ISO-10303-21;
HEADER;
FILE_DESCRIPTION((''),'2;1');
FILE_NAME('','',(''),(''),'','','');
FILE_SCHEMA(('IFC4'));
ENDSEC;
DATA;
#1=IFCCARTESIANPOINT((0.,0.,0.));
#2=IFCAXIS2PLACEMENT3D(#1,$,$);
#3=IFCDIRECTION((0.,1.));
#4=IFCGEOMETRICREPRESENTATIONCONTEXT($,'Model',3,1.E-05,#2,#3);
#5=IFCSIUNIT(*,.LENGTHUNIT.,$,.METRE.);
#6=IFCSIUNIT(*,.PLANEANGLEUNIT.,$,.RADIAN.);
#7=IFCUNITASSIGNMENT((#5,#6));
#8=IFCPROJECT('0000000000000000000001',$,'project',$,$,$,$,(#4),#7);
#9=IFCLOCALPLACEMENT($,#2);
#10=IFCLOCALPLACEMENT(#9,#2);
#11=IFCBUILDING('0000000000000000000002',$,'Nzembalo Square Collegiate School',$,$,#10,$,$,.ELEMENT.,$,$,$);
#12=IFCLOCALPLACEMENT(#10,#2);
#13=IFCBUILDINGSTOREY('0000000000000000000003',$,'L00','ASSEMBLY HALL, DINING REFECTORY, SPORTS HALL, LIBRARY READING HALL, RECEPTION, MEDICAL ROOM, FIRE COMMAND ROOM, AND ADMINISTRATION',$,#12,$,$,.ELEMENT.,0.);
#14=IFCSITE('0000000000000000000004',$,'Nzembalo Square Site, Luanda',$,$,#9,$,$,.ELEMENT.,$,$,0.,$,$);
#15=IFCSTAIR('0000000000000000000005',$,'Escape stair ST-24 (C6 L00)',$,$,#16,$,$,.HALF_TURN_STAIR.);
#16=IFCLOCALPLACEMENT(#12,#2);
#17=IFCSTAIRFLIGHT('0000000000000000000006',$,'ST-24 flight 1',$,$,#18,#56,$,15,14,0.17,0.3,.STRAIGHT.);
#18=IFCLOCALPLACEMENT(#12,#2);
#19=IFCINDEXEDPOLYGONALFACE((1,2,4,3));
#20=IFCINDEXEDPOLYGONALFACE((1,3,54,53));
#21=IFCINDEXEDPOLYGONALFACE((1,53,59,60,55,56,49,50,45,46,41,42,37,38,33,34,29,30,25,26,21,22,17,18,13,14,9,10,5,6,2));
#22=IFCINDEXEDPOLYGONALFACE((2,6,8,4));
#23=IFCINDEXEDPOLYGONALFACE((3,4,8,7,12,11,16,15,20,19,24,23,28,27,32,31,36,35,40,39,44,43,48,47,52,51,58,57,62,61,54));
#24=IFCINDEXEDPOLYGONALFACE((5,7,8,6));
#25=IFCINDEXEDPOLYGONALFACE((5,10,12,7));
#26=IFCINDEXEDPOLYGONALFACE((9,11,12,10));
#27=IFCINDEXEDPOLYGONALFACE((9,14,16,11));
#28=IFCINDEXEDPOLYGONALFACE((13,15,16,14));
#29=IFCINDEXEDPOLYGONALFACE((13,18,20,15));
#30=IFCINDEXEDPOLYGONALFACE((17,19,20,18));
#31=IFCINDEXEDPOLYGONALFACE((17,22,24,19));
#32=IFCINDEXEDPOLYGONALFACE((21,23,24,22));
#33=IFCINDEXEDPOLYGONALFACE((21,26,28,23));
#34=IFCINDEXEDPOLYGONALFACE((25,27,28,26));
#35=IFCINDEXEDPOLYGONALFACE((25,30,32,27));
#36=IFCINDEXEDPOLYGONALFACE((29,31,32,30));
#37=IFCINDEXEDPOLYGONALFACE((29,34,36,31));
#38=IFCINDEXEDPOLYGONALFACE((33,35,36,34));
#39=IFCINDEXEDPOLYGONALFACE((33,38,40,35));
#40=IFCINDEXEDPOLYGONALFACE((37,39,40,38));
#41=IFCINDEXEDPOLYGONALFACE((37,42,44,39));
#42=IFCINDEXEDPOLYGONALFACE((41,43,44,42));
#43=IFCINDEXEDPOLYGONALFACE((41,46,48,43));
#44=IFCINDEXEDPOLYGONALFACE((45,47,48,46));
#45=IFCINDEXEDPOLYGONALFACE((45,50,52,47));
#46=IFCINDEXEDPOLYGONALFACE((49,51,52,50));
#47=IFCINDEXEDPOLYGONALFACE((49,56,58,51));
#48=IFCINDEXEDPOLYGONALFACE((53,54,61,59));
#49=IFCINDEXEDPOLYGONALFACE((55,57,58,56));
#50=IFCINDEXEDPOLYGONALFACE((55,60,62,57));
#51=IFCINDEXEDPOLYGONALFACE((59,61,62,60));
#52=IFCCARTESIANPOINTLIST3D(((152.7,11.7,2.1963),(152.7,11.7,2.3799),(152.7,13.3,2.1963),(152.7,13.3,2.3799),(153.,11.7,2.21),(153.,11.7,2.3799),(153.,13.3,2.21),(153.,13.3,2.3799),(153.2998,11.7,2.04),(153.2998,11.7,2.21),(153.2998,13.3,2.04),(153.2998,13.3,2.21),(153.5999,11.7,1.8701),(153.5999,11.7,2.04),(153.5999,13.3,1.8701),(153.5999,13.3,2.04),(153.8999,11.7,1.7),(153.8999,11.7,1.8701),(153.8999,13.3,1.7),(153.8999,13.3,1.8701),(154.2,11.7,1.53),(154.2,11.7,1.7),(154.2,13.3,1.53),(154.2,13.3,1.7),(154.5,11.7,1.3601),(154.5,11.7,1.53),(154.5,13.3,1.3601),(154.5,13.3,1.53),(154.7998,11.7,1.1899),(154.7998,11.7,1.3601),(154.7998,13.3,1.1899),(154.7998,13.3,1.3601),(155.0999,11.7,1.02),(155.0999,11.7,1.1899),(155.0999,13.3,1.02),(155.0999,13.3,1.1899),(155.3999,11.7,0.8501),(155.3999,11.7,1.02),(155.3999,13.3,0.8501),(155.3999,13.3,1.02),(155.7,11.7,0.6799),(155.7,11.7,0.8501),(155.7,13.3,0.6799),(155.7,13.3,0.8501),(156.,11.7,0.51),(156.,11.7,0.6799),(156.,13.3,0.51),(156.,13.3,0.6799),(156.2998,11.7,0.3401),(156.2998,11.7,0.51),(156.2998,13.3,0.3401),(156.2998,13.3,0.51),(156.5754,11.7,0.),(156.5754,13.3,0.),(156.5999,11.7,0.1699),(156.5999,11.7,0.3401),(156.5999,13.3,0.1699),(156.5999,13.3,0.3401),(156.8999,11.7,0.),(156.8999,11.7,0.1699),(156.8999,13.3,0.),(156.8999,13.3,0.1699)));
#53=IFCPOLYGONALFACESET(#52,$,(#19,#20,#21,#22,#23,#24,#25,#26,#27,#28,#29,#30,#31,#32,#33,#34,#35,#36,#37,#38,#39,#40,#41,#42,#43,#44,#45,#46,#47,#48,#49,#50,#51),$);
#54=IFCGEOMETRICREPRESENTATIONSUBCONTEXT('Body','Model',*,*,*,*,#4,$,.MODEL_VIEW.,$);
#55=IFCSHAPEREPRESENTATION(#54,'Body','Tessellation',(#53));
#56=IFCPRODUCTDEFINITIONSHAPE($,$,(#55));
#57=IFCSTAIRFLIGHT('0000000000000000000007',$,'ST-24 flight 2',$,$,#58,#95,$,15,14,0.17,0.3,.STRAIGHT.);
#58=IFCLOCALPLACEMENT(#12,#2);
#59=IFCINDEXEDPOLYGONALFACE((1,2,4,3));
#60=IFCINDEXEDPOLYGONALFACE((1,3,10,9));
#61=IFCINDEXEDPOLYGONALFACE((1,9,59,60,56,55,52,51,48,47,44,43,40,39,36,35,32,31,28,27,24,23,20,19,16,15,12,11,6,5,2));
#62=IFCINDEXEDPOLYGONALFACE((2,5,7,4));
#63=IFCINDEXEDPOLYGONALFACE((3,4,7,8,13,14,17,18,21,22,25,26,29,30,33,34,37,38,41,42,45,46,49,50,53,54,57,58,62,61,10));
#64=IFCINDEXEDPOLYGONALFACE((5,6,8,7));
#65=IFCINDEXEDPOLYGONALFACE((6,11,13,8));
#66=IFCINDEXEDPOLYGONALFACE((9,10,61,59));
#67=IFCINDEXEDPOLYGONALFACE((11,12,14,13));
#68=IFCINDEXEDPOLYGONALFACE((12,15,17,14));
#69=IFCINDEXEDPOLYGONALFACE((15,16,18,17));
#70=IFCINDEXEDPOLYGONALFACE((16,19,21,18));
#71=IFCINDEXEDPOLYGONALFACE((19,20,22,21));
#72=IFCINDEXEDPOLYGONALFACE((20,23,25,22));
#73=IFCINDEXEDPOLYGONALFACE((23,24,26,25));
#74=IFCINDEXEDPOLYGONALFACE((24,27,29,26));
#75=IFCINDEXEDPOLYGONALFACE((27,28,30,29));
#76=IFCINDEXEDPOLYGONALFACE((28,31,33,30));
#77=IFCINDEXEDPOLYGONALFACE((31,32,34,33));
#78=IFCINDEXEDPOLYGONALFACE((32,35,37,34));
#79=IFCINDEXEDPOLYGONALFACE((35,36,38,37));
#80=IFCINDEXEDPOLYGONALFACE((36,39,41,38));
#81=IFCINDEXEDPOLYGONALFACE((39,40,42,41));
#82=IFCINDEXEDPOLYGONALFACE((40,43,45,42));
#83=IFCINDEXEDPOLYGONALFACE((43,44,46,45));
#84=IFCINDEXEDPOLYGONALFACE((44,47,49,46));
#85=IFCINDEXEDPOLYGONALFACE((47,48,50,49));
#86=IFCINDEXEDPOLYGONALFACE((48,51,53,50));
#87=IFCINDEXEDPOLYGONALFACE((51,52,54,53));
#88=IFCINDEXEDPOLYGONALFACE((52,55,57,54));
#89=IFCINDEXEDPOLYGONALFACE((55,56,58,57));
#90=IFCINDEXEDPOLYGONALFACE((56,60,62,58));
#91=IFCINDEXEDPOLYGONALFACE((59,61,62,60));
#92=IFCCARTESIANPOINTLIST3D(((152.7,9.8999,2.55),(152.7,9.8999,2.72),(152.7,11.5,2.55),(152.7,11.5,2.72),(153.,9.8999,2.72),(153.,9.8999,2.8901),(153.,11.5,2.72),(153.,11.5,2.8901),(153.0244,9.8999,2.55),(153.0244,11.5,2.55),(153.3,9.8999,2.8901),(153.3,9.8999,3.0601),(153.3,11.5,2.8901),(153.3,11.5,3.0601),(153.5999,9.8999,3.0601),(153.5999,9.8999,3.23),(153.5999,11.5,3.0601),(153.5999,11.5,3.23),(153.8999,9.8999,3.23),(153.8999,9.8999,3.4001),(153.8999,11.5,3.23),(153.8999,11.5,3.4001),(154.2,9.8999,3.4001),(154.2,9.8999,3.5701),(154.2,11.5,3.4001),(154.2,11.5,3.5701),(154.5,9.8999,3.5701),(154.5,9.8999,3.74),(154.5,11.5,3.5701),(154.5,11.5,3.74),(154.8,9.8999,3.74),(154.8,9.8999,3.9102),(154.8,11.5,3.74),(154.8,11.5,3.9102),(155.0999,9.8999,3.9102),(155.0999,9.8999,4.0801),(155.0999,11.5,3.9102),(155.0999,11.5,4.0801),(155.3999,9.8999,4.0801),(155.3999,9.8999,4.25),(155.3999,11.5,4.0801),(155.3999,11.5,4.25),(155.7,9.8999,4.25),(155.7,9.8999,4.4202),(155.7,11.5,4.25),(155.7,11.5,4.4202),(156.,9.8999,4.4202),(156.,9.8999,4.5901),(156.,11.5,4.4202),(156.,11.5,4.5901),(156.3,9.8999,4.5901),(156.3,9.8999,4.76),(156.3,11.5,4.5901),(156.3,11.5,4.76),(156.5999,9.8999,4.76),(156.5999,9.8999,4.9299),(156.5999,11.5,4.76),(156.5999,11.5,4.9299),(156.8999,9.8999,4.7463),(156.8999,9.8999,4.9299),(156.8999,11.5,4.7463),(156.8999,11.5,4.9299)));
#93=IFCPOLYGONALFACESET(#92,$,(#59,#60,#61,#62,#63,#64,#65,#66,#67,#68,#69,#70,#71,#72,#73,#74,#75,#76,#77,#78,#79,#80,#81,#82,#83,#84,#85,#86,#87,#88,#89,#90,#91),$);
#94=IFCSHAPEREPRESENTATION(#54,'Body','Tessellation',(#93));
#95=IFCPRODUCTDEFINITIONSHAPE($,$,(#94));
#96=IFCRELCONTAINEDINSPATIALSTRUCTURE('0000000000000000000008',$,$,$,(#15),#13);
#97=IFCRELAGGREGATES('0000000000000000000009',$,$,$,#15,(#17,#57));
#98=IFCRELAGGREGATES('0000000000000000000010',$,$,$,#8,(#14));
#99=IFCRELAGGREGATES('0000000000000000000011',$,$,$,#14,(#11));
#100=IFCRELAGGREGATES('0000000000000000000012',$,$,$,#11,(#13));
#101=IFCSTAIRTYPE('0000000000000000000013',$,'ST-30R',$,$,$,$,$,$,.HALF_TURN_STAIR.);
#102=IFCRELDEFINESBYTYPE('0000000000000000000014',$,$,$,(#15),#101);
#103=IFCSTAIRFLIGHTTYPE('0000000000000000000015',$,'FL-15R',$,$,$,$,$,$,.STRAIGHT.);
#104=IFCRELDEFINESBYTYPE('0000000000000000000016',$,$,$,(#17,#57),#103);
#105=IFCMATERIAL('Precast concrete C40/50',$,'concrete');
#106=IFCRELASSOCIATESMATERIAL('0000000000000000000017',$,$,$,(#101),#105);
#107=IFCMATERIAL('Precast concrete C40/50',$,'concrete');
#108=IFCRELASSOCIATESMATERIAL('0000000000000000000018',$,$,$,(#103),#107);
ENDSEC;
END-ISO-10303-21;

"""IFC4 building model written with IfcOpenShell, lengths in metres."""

from ifc_helpers import new_model, si_unit, direction, frame, origin, place, context, subcontext, project, spatial, polyline, outline, extrude, material, type_object, element, aggregate, save


model = new_model("IFC4")

# Units and contexts
model_context = context("Model", 3, precision=1e-05, world=origin(), true_north=direction((0.0, 1.0)))
body_context = subcontext(model_context, "Body", "Model", "MODEL_VIEW")
ifc_project = project(units=[si_unit("LENGTHUNIT", "METRE"), si_unit("PLANEANGLEUNIT", "RADIAN")], contexts=[model_context])

# Site, building, storey
site_placement = place(None, origin())
site = spatial("IfcSite", under=ifc_project, at=site_placement, Name="Nzembalo Square Site, Luanda", CompositionType="ELEMENT", RefElevation=0.0)
building_placement = place(site_placement, origin())
building = spatial("IfcBuilding", under=site, at=building_placement, Name="Nzembalo Square Collegiate School", CompositionType="ELEMENT")
storey_placement = place(building_placement, origin())
storey = spatial("IfcBuildingStorey", under=building, at=storey_placement, Name="L00", Description="ASSEMBLY HALL, DINING REFECTORY, SPORTS HALL, LIBRARY READING HALL, RECEPTION, MEDICAL ROOM, FIRE COMMAND ROOM, AND ADMINISTRATION", CompositionType="ELEMENT", Elevation=0.0)

# Stair, stair flights
ifc_material_1 = material(Name="Precast concrete C40/50", Category="concrete")
stair_type = type_object("IfcStairType", Name="ST-30R", PredefinedType="HALF_TURN_STAIR", material=ifc_material_1)
stair_placement = place(storey_placement, origin())
stair = element("IfcStair", 1, at=stair_placement, inside=storey, type_object=stair_type, Name="Escape stair ST-24 (C6 L00)", PredefinedType="HALF_TURN_STAIR")
ifc_material_2 = material(Name="Precast concrete C40/50", Category="concrete")
stair_flight_type = type_object("IfcStairFlightType", Name="FL-15R", PredefinedType="STRAIGHT", material=ifc_material_2)
stair_flight_1_placement = place(storey_placement, frame((156.8999, 12.5, 0.0), z_axis=(0.0, 0.0, 1.0), x_axis=(-1.0, 0.0, 0.0)))
stair_flight_1 = element("IfcStairFlight", 2, at=stair_flight_1_placement, type_object=stair_flight_type, Name="ST-24 flight 1", NumberOfRisers=15, NumberOfTreads=14, PredefinedType="STRAIGHT", RiserHeight=0.17, TreadLength=0.3, context=body_context, shape_type="SweptSolid", body=[
    extrude(outline(polyline([(0.0, 0.0), (0.0, 0.1699), (0.3, 0.1699), (0.3, 0.3401), (0.6001, 0.3401), (0.6001, 0.51), (0.8999, 0.51), (0.8999, 0.6799), (1.2, 0.6799), (1.2, 0.8501), (1.5, 0.8501), (1.5, 1.02), (1.8, 1.02), (1.8, 1.1899), (2.1001, 1.1899), (2.1001, 1.3601), (2.3999, 1.3601), (2.3999, 1.53), (2.7, 1.53), (2.7, 1.7), (3.0, 1.7), (3.0, 1.8701), (3.3, 1.8701), (3.3, 2.04), (3.6001, 2.04), (3.6001, 2.21), (3.8999, 2.21), (3.8999, 2.3799), (4.2, 2.3799), (4.2, 2.55), (4.2, 2.1963), (0.3245, 0.0), (0.0, 0.0)])), frame((0.0, 0.8, 0.0), z_axis=(0.0, -1.0, 0.0), x_axis=(1.0, 0.0, 0.0)), (0.0, 0.0, 1.0), 1.6001),
])
stair_flight_2_placement = place(storey_placement, frame((152.7, 10.7, 2.55), z_axis=(0.0, 0.0, 1.0), x_axis=(1.0, 0.0, 0.0)))
stair_flight_2 = element("IfcStairFlight", 3, at=stair_flight_2_placement, type_object=stair_flight_type, Name="ST-24 flight 2", NumberOfRisers=15, NumberOfTreads=14, PredefinedType="STRAIGHT", RiserHeight=0.17, TreadLength=0.3, context=body_context, shape_type="SweptSolid", body=[
    extrude(outline(polyline([(0.0, 0.0), (0.0, 0.1699), (0.3, 0.1699), (0.3, 0.3401), (0.6001, 0.3401), (0.6001, 0.51), (0.8999, 0.51), (0.8999, 0.6799), (1.2, 0.6799), (1.2, 0.8501), (1.5, 0.8501), (1.5, 1.02), (1.8, 1.02), (1.8, 1.1899), (2.1001, 1.1899), (2.1001, 1.3601), (2.3999, 1.3601), (2.3999, 1.53), (2.7, 1.53), (2.7, 1.7), (3.0, 1.7), (3.0, 1.8701), (3.3, 1.8701), (3.3, 2.04), (3.6001, 2.04), (3.6001, 2.21), (3.8999, 2.21), (3.8999, 2.3799), (4.2, 2.3799), (4.2, 2.55), (4.2, 2.1963), (0.3245, 0.0), (0.0, 0.0)])), frame((0.0, 0.8, 0.0), z_axis=(0.0, -1.0, 0.0), x_axis=(1.0, 0.0, 0.0)), (0.0, 0.0, 1.0), 1.6001),
])
aggregate(stair, [stair_flight_1, stair_flight_2])

save(model, "model.ifc")
